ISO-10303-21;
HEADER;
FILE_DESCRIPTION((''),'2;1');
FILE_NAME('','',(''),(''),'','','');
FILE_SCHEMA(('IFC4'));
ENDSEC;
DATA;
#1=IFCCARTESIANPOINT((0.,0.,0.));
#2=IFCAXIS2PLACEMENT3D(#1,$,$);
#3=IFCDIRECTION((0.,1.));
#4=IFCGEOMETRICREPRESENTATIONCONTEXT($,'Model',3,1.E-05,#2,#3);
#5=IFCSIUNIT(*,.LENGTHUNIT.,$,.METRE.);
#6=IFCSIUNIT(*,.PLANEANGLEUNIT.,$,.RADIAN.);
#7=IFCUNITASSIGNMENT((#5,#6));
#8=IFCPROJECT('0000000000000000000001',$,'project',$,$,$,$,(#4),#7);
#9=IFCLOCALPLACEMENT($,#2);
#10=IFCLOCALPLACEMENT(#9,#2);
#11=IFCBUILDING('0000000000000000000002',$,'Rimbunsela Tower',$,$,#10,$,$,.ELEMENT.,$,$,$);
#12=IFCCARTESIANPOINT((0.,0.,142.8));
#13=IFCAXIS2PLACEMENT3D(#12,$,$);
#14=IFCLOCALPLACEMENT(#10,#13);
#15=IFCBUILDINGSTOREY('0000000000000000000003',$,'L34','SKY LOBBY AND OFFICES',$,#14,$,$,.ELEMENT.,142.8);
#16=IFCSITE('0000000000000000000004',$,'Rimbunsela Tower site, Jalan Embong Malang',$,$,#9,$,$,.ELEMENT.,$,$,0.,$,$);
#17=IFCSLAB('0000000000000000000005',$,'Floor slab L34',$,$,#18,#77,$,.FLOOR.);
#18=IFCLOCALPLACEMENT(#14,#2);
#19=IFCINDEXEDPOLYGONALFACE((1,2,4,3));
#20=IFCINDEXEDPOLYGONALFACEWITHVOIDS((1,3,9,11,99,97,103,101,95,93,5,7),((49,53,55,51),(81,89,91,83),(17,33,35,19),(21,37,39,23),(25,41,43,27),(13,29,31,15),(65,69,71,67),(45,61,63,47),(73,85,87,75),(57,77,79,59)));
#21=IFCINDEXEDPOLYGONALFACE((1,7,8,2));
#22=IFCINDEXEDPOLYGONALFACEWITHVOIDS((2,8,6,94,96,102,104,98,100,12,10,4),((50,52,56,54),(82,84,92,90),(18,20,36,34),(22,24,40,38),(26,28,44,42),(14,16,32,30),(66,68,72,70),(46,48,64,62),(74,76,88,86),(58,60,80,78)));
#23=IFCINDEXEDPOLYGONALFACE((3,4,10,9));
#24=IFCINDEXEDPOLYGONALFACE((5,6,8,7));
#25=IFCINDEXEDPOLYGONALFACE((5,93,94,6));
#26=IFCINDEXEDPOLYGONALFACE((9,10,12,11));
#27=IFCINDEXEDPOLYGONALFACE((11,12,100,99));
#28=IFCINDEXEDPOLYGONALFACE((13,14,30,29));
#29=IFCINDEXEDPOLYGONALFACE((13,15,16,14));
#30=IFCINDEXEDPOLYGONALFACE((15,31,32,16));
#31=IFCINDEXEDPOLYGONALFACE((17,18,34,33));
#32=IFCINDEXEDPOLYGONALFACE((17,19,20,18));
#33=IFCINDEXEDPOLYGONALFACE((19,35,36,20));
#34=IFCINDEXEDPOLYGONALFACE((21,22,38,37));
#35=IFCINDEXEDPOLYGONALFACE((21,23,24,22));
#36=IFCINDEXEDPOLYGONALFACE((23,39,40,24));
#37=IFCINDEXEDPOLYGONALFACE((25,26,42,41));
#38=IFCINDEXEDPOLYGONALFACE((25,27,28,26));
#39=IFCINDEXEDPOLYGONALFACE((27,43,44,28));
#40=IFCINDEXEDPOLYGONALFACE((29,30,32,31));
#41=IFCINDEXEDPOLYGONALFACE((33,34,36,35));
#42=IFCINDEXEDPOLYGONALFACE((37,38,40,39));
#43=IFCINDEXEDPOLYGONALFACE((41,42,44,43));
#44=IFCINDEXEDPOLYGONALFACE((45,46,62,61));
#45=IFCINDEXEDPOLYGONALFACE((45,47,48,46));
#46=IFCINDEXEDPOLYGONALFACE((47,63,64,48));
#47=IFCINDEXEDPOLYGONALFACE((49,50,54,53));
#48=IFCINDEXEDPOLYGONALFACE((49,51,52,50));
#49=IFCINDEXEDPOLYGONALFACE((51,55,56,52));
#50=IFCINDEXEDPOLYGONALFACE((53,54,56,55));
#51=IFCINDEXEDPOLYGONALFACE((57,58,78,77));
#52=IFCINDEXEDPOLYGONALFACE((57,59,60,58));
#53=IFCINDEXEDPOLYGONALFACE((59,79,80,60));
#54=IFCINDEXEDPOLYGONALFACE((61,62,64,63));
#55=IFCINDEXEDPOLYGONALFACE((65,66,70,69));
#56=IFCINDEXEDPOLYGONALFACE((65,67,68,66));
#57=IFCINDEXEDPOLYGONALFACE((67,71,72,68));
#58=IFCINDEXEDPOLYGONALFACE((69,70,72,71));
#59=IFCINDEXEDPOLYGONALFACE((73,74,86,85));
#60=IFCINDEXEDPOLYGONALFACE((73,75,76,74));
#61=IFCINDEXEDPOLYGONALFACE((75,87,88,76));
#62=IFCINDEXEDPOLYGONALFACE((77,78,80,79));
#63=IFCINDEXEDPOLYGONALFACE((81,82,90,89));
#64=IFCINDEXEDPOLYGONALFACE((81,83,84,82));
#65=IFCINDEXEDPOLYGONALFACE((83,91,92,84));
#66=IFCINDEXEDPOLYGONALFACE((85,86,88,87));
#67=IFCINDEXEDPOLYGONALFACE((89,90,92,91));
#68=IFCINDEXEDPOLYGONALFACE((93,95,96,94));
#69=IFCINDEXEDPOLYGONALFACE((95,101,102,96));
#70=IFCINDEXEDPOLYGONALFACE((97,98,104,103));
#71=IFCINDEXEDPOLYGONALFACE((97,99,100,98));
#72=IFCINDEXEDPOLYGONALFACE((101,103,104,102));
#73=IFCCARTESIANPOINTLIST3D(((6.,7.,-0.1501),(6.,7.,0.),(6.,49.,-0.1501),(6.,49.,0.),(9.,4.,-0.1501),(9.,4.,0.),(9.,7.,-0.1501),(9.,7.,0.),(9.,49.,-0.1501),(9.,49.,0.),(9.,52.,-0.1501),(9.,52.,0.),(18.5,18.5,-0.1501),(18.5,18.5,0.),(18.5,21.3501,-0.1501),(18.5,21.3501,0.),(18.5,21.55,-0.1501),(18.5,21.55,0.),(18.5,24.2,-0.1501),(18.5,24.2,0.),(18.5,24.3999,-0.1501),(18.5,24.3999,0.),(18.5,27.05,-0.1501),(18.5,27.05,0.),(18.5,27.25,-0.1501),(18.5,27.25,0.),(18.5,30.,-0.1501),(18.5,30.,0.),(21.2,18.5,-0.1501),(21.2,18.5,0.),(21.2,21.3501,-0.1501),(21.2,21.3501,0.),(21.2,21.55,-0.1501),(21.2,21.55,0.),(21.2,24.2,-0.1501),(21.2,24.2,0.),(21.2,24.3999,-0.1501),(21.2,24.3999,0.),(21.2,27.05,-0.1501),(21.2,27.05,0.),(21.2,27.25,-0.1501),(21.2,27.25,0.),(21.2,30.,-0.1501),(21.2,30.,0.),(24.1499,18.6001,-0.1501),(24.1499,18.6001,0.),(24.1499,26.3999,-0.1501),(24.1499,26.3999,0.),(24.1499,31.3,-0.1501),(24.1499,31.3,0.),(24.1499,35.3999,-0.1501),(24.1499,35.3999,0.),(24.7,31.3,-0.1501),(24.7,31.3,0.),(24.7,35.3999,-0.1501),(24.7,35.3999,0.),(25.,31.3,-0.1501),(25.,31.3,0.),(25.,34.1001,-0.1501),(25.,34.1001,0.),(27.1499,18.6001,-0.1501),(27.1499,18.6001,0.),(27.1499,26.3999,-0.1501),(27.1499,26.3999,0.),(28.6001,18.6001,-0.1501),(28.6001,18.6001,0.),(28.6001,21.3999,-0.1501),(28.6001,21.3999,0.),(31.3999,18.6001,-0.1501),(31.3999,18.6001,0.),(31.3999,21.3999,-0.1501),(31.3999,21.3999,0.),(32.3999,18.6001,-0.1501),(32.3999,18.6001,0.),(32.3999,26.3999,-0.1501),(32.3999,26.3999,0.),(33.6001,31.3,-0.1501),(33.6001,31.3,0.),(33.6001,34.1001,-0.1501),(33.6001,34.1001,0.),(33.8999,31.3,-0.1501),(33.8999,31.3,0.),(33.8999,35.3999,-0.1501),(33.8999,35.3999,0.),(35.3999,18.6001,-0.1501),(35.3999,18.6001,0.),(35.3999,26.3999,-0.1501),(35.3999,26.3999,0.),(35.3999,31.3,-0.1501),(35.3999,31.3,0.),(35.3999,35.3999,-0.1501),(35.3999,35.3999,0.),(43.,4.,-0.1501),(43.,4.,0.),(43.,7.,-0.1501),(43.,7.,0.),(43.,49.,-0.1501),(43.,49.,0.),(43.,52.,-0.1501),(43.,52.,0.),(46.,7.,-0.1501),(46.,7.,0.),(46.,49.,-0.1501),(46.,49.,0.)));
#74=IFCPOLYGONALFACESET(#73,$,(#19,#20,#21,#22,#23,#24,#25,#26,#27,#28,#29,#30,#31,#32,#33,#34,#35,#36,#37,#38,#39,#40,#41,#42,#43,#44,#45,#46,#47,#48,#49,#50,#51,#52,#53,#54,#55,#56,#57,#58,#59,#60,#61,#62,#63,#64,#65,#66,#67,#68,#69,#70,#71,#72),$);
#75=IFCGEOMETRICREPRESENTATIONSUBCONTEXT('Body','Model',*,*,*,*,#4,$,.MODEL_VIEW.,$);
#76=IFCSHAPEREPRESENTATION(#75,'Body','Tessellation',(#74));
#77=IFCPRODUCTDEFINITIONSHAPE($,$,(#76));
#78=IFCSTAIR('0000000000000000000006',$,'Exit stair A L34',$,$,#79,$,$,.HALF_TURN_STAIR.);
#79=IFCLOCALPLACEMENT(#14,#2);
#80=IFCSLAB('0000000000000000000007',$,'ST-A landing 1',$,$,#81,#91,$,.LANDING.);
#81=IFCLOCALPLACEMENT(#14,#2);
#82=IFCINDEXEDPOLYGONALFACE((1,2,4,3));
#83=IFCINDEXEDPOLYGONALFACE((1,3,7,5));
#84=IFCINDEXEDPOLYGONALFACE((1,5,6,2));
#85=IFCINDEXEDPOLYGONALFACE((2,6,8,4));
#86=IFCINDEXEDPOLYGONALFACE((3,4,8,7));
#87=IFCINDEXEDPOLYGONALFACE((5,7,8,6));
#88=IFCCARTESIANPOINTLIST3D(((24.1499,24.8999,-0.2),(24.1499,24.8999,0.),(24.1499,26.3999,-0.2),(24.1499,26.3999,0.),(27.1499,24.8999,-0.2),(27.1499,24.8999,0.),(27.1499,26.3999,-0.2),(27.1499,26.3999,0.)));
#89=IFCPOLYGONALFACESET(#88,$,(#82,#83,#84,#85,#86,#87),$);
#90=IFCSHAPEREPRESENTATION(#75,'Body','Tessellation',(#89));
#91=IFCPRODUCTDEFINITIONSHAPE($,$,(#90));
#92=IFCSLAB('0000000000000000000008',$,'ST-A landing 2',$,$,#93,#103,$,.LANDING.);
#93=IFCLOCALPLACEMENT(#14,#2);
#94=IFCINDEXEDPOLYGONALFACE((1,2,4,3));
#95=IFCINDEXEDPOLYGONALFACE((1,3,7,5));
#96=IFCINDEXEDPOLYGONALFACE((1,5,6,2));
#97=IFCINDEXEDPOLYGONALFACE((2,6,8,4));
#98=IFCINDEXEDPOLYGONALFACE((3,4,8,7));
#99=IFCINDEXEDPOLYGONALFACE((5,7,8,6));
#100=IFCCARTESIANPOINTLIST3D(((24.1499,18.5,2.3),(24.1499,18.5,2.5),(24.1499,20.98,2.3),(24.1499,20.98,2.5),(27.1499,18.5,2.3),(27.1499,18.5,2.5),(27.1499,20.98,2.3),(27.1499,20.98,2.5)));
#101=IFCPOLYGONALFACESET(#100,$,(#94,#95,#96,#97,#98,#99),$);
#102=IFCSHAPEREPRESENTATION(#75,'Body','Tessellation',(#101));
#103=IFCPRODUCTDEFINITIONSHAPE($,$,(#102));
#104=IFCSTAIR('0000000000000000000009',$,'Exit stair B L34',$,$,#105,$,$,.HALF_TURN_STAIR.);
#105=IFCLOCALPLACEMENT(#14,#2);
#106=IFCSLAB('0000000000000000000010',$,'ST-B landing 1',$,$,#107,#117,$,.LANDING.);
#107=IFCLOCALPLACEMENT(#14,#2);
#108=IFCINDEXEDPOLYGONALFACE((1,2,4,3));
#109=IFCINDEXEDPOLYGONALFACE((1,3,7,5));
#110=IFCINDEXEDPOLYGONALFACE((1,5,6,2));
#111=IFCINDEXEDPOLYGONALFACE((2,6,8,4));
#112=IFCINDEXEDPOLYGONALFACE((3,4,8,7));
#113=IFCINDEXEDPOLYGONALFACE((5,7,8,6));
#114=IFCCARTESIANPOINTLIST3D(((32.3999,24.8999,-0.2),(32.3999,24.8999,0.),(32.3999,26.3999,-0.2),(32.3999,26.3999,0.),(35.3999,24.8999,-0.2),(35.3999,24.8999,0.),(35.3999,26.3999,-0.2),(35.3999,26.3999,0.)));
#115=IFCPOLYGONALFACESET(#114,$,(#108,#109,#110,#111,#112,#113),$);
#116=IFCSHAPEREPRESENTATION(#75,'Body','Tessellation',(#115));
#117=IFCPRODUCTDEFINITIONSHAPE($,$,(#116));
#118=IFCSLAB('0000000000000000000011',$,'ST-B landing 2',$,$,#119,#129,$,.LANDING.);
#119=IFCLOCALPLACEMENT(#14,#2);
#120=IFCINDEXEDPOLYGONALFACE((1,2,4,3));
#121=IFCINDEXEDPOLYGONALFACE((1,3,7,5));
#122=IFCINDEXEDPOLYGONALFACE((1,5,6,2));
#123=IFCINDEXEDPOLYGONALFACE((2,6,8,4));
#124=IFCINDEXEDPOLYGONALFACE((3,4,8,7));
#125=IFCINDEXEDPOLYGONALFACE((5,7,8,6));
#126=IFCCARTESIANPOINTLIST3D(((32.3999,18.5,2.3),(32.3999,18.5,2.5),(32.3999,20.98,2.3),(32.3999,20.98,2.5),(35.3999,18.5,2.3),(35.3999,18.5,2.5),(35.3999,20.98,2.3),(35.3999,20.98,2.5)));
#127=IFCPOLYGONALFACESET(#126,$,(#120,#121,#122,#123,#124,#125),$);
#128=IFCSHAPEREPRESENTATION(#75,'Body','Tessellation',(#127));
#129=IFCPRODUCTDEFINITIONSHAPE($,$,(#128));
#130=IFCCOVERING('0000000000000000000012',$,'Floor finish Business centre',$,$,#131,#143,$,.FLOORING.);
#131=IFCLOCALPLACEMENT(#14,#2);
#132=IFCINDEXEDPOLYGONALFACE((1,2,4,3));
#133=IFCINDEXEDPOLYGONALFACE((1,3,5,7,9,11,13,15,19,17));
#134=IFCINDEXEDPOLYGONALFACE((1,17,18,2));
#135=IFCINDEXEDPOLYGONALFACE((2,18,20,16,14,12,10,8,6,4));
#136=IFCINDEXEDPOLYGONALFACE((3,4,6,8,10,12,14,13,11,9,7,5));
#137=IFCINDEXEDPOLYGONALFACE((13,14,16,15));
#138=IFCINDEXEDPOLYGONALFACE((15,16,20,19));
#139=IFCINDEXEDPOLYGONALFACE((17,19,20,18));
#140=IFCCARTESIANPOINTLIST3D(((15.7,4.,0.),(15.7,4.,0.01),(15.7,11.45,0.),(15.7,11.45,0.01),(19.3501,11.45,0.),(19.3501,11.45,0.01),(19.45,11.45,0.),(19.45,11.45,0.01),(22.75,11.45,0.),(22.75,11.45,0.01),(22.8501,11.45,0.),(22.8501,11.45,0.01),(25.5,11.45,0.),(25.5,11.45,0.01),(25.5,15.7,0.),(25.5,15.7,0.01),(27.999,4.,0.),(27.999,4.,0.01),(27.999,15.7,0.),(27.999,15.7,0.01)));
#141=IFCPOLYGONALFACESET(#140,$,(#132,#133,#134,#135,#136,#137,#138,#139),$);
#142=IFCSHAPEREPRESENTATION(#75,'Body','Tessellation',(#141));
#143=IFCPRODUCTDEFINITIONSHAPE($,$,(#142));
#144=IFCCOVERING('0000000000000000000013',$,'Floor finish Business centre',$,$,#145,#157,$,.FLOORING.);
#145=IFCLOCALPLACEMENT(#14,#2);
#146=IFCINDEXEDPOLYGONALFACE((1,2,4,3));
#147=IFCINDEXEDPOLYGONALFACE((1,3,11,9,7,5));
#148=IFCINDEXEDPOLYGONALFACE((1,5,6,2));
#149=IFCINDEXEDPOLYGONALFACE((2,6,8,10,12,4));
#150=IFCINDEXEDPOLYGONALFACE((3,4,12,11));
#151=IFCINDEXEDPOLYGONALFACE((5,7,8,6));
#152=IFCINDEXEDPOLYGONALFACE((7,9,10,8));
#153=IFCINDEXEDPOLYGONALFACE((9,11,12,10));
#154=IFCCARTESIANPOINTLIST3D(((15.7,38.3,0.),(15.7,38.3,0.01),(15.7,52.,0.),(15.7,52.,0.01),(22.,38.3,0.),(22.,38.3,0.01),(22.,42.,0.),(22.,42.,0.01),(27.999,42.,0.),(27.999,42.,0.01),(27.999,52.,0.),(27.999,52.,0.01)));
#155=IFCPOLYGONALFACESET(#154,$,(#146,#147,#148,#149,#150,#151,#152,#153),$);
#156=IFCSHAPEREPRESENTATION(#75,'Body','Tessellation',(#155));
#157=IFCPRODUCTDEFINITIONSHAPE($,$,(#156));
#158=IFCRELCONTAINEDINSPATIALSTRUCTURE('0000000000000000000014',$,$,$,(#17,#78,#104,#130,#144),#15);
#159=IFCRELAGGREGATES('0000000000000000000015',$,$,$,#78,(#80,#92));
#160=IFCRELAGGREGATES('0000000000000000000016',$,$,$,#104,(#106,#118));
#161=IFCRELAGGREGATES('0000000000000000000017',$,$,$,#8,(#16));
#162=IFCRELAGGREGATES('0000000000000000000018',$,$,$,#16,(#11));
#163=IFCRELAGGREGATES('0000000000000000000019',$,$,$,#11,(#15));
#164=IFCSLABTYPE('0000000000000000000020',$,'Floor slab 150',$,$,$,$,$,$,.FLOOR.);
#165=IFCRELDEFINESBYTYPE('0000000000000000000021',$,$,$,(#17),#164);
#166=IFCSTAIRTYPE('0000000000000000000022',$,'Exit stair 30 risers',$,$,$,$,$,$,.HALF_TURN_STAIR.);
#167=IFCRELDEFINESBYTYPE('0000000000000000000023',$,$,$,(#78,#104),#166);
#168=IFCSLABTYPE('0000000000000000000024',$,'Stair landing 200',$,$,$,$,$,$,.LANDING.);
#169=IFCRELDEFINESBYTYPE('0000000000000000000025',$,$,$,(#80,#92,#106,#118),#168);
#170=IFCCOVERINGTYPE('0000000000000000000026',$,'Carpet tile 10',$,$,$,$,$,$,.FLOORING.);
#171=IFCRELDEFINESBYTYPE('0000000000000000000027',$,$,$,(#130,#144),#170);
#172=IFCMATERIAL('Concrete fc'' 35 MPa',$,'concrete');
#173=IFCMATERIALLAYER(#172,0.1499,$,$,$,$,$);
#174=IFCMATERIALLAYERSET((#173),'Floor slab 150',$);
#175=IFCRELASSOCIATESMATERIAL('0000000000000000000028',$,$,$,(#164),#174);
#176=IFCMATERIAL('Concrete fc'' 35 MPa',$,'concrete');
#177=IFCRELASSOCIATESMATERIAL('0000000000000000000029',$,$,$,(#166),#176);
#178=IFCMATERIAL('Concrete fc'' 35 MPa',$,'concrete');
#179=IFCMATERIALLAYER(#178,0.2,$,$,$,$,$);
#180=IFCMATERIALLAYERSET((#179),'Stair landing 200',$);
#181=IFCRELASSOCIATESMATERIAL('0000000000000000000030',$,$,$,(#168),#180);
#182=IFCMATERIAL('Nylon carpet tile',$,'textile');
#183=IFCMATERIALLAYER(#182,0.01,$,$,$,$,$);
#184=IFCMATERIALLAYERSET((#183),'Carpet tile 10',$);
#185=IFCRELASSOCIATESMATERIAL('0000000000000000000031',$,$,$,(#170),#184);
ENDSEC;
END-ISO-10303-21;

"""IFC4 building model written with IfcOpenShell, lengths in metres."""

from ifc_helpers import new_model, si_unit, direction, frame, origin, place, context, subcontext, project, spatial, polyline, outline, extrude, material, layer, layer_set, type_object, element, aggregate, save


model = new_model("IFC4")

# Units and contexts
model_context = context("Model", 3, precision=1e-05, world=origin(), true_north=direction((0.0, 1.0)))
body_context = subcontext(model_context, "Body", "Model", "MODEL_VIEW")
ifc_project = project(units=[si_unit("LENGTHUNIT", "METRE"), si_unit("PLANEANGLEUNIT", "RADIAN")], contexts=[model_context])

# Site, building, storey
site_placement = place(None, origin())
site = spatial("IfcSite", under=ifc_project, at=site_placement, Name="Rimbunsela Tower site, Jalan Embong Malang", CompositionType="ELEMENT", RefElevation=0.0)
building_placement = place(site_placement, origin())
building = spatial("IfcBuilding", under=site, at=building_placement, Name="Rimbunsela Tower", CompositionType="ELEMENT")
storey_placement = place(building_placement, frame((0.0, 0.0, 142.8)))
storey = spatial("IfcBuildingStorey", under=building, at=storey_placement, Name="L34", Description="SKY LOBBY AND OFFICES", CompositionType="ELEMENT", Elevation=142.8)

# Slab
ifc_material_1 = material(Name="Concrete fc' 35 MPa", Category="concrete")
ifc_layer_1 = layer(ifc_material_1, 0.1499)
ifc_layer_set_1 = layer_set([ifc_layer_1], Name="Floor slab 150")
slab_type_1 = type_object("IfcSlabType", Name="Floor slab 150", PredefinedType="FLOOR", material=ifc_layer_set_1)
slab_1_placement = place(storey_placement, frame((0.0, 0.0, -0.1501)))
element("IfcSlab", 1, at=slab_1_placement, inside=storey, type_object=slab_type_1, Name="Floor slab L34", PredefinedType="FLOOR", context=body_context, shape_type="SweptSolid", body=[
    extrude(outline(polyline([(9.0, 4.0), (43.0, 4.0), (43.0, 7.0), (46.0, 7.0), (46.0, 49.0), (43.0, 49.0), (43.0, 52.0), (9.0, 52.0), (9.0, 49.0), (6.0, 49.0), (6.0, 7.0), (9.0, 7.0), (9.0, 4.0)]), holes=[polyline([(21.2, 21.3501), (18.5, 21.3501), (18.5, 18.5), (21.2, 18.5), (21.2, 21.3501)]), polyline([(21.2, 21.55), (21.2, 24.2), (18.5, 24.2), (18.5, 21.55), (21.2, 21.55)]), polyline([(21.2, 27.05), (18.5, 27.05), (18.5, 24.3999), (21.2, 24.3999), (21.2, 27.05)]), polyline([(21.2, 27.25), (21.2, 30.0), (18.5, 30.0), (18.5, 27.25), (21.2, 27.25)]), polyline([(27.1499, 18.6001), (27.1499, 26.3999), (24.1499, 26.3999), (24.1499, 18.6001), (27.1499, 18.6001)]), polyline([(24.7, 31.3), (24.7, 35.3999), (24.1499, 35.3999), (24.1499, 31.3), (24.7, 31.3)]), polyline([(25.0, 34.1001), (25.0, 31.3), (33.6001, 31.3), (33.6001, 34.1001), (25.0, 34.1001)]), polyline([(31.3999, 21.3999), (28.6001, 21.3999), (28.6001, 18.6001), (31.3999, 18.6001), (31.3999, 21.3999)]), polyline([(35.3999, 18.6001), (35.3999, 26.3999), (32.3999, 26.3999), (32.3999, 18.6001), (35.3999, 18.6001)]), polyline([(35.3999, 31.3), (35.3999, 35.3999), (33.8999, 35.3999), (33.8999, 31.3), (35.3999, 31.3)])]), origin(), (0.0, 0.0, 1.0), 0.1501),
])

# Stairs, slabs
ifc_material_2 = material(Name="Concrete fc' 35 MPa", Category="concrete")
stair_type = type_object("IfcStairType", Name="Exit stair 30 risers", PredefinedType="HALF_TURN_STAIR", material=ifc_material_2)
stair_1_placement = place(storey_placement, origin())
stair_1 = element("IfcStair", 2, at=stair_1_placement, inside=storey, type_object=stair_type, Name="Exit stair A L34", PredefinedType="HALF_TURN_STAIR")
ifc_material_3 = material(Name="Concrete fc' 35 MPa", Category="concrete")
ifc_layer_2 = layer(ifc_material_3, 0.2)
ifc_layer_set_2 = layer_set([ifc_layer_2], Name="Stair landing 200")
slab_type_2 = type_object("IfcSlabType", Name="Stair landing 200", PredefinedType="LANDING", material=ifc_layer_set_2)
slab_2_placement = place(storey_placement, frame((0.0, 0.0, -0.2)))
slab_2 = element("IfcSlab", 3, at=slab_2_placement, type_object=slab_type_2, Name="ST-A landing 1", PredefinedType="LANDING", context=body_context, shape_type="SweptSolid", body=[
    extrude(outline(polyline([(24.1499, 24.8999), (27.1499, 24.8999), (27.1499, 26.3999), (24.1499, 26.3999), (24.1499, 24.8999)])), origin(), (0.0, 0.0, 1.0), 0.2),
])
slab_3_placement = place(storey_placement, frame((0.0, 0.0, 2.3)))
slab_3 = element("IfcSlab", 4, at=slab_3_placement, type_object=slab_type_2, Name="ST-A landing 2", PredefinedType="LANDING", context=body_context, shape_type="SweptSolid", body=[
    extrude(outline(polyline([(24.1499, 18.5), (27.1499, 18.5), (27.1499, 20.98), (24.1499, 20.98), (24.1499, 18.5)])), origin(), (0.0, 0.0, 1.0), 0.2),
])
aggregate(stair_1, [slab_2, slab_3])
stair_2_placement = place(storey_placement, origin())
stair_2 = element("IfcStair", 5, at=stair_2_placement, inside=storey, type_object=stair_type, Name="Exit stair B L34", PredefinedType="HALF_TURN_STAIR")
slab_4_placement = place(storey_placement, frame((0.0, 0.0, -0.2)))
slab_4 = element("IfcSlab", 6, at=slab_4_placement, type_object=slab_type_2, Name="ST-B landing 1", PredefinedType="LANDING", context=body_context, shape_type="SweptSolid", body=[
    extrude(outline(polyline([(32.3999, 24.8999), (35.3999, 24.8999), (35.3999, 26.3999), (32.3999, 26.3999), (32.3999, 24.8999)])), origin(), (0.0, 0.0, 1.0), 0.2),
])
slab_5_placement = place(storey_placement, frame((0.0, 0.0, 2.3)))
slab_5 = element("IfcSlab", 7, at=slab_5_placement, type_object=slab_type_2, Name="ST-B landing 2", PredefinedType="LANDING", context=body_context, shape_type="SweptSolid", body=[
    extrude(outline(polyline([(32.3999, 18.5), (35.3999, 18.5), (35.3999, 20.98), (32.3999, 20.98), (32.3999, 18.5)])), origin(), (0.0, 0.0, 1.0), 0.2),
])
aggregate(stair_2, [slab_4, slab_5])

# Coverings
ifc_material_4 = material(Name="Nylon carpet tile", Category="textile")
ifc_layer_3 = layer(ifc_material_4, 0.01)
ifc_layer_set_3 = layer_set([ifc_layer_3], Name="Carpet tile 10")
covering_type_1 = type_object("IfcCoveringType", Name="Carpet tile 10", PredefinedType="FLOORING", material=ifc_layer_set_3)
covering_1_placement = place(storey_placement, origin())
element("IfcCovering", 8, at=covering_1_placement, inside=storey, type_object=covering_type_1, Name="Floor finish Business centre", PredefinedType="FLOORING", context=body_context, shape_type="SweptSolid", body=[
    extrude(outline(polyline([(19.45, 11.45), (22.75, 11.45), (22.8501, 11.45), (25.5, 11.45), (25.5, 15.7), (27.999, 15.7), (27.999, 4.0), (15.7, 4.0), (15.7, 11.45), (19.3501, 11.45), (19.45, 11.45)])), origin(), (0.0, 0.0, 1.0), 0.01),
])
covering_2_placement = place(storey_placement, origin())
element("IfcCovering", 9, at=covering_2_placement, inside=storey, type_object=covering_type_1, Name="Floor finish Business centre", PredefinedType="FLOORING", context=body_context, shape_type="SweptSolid", body=[
    extrude(outline(polyline([(27.999, 42.0), (22.0, 42.0), (22.0, 38.3), (15.7, 38.3), (15.7, 52.0), (27.999, 52.0), (27.999, 42.0)])), origin(), (0.0, 0.0, 1.0), 0.01),
])

save(model, "model.ifc")
